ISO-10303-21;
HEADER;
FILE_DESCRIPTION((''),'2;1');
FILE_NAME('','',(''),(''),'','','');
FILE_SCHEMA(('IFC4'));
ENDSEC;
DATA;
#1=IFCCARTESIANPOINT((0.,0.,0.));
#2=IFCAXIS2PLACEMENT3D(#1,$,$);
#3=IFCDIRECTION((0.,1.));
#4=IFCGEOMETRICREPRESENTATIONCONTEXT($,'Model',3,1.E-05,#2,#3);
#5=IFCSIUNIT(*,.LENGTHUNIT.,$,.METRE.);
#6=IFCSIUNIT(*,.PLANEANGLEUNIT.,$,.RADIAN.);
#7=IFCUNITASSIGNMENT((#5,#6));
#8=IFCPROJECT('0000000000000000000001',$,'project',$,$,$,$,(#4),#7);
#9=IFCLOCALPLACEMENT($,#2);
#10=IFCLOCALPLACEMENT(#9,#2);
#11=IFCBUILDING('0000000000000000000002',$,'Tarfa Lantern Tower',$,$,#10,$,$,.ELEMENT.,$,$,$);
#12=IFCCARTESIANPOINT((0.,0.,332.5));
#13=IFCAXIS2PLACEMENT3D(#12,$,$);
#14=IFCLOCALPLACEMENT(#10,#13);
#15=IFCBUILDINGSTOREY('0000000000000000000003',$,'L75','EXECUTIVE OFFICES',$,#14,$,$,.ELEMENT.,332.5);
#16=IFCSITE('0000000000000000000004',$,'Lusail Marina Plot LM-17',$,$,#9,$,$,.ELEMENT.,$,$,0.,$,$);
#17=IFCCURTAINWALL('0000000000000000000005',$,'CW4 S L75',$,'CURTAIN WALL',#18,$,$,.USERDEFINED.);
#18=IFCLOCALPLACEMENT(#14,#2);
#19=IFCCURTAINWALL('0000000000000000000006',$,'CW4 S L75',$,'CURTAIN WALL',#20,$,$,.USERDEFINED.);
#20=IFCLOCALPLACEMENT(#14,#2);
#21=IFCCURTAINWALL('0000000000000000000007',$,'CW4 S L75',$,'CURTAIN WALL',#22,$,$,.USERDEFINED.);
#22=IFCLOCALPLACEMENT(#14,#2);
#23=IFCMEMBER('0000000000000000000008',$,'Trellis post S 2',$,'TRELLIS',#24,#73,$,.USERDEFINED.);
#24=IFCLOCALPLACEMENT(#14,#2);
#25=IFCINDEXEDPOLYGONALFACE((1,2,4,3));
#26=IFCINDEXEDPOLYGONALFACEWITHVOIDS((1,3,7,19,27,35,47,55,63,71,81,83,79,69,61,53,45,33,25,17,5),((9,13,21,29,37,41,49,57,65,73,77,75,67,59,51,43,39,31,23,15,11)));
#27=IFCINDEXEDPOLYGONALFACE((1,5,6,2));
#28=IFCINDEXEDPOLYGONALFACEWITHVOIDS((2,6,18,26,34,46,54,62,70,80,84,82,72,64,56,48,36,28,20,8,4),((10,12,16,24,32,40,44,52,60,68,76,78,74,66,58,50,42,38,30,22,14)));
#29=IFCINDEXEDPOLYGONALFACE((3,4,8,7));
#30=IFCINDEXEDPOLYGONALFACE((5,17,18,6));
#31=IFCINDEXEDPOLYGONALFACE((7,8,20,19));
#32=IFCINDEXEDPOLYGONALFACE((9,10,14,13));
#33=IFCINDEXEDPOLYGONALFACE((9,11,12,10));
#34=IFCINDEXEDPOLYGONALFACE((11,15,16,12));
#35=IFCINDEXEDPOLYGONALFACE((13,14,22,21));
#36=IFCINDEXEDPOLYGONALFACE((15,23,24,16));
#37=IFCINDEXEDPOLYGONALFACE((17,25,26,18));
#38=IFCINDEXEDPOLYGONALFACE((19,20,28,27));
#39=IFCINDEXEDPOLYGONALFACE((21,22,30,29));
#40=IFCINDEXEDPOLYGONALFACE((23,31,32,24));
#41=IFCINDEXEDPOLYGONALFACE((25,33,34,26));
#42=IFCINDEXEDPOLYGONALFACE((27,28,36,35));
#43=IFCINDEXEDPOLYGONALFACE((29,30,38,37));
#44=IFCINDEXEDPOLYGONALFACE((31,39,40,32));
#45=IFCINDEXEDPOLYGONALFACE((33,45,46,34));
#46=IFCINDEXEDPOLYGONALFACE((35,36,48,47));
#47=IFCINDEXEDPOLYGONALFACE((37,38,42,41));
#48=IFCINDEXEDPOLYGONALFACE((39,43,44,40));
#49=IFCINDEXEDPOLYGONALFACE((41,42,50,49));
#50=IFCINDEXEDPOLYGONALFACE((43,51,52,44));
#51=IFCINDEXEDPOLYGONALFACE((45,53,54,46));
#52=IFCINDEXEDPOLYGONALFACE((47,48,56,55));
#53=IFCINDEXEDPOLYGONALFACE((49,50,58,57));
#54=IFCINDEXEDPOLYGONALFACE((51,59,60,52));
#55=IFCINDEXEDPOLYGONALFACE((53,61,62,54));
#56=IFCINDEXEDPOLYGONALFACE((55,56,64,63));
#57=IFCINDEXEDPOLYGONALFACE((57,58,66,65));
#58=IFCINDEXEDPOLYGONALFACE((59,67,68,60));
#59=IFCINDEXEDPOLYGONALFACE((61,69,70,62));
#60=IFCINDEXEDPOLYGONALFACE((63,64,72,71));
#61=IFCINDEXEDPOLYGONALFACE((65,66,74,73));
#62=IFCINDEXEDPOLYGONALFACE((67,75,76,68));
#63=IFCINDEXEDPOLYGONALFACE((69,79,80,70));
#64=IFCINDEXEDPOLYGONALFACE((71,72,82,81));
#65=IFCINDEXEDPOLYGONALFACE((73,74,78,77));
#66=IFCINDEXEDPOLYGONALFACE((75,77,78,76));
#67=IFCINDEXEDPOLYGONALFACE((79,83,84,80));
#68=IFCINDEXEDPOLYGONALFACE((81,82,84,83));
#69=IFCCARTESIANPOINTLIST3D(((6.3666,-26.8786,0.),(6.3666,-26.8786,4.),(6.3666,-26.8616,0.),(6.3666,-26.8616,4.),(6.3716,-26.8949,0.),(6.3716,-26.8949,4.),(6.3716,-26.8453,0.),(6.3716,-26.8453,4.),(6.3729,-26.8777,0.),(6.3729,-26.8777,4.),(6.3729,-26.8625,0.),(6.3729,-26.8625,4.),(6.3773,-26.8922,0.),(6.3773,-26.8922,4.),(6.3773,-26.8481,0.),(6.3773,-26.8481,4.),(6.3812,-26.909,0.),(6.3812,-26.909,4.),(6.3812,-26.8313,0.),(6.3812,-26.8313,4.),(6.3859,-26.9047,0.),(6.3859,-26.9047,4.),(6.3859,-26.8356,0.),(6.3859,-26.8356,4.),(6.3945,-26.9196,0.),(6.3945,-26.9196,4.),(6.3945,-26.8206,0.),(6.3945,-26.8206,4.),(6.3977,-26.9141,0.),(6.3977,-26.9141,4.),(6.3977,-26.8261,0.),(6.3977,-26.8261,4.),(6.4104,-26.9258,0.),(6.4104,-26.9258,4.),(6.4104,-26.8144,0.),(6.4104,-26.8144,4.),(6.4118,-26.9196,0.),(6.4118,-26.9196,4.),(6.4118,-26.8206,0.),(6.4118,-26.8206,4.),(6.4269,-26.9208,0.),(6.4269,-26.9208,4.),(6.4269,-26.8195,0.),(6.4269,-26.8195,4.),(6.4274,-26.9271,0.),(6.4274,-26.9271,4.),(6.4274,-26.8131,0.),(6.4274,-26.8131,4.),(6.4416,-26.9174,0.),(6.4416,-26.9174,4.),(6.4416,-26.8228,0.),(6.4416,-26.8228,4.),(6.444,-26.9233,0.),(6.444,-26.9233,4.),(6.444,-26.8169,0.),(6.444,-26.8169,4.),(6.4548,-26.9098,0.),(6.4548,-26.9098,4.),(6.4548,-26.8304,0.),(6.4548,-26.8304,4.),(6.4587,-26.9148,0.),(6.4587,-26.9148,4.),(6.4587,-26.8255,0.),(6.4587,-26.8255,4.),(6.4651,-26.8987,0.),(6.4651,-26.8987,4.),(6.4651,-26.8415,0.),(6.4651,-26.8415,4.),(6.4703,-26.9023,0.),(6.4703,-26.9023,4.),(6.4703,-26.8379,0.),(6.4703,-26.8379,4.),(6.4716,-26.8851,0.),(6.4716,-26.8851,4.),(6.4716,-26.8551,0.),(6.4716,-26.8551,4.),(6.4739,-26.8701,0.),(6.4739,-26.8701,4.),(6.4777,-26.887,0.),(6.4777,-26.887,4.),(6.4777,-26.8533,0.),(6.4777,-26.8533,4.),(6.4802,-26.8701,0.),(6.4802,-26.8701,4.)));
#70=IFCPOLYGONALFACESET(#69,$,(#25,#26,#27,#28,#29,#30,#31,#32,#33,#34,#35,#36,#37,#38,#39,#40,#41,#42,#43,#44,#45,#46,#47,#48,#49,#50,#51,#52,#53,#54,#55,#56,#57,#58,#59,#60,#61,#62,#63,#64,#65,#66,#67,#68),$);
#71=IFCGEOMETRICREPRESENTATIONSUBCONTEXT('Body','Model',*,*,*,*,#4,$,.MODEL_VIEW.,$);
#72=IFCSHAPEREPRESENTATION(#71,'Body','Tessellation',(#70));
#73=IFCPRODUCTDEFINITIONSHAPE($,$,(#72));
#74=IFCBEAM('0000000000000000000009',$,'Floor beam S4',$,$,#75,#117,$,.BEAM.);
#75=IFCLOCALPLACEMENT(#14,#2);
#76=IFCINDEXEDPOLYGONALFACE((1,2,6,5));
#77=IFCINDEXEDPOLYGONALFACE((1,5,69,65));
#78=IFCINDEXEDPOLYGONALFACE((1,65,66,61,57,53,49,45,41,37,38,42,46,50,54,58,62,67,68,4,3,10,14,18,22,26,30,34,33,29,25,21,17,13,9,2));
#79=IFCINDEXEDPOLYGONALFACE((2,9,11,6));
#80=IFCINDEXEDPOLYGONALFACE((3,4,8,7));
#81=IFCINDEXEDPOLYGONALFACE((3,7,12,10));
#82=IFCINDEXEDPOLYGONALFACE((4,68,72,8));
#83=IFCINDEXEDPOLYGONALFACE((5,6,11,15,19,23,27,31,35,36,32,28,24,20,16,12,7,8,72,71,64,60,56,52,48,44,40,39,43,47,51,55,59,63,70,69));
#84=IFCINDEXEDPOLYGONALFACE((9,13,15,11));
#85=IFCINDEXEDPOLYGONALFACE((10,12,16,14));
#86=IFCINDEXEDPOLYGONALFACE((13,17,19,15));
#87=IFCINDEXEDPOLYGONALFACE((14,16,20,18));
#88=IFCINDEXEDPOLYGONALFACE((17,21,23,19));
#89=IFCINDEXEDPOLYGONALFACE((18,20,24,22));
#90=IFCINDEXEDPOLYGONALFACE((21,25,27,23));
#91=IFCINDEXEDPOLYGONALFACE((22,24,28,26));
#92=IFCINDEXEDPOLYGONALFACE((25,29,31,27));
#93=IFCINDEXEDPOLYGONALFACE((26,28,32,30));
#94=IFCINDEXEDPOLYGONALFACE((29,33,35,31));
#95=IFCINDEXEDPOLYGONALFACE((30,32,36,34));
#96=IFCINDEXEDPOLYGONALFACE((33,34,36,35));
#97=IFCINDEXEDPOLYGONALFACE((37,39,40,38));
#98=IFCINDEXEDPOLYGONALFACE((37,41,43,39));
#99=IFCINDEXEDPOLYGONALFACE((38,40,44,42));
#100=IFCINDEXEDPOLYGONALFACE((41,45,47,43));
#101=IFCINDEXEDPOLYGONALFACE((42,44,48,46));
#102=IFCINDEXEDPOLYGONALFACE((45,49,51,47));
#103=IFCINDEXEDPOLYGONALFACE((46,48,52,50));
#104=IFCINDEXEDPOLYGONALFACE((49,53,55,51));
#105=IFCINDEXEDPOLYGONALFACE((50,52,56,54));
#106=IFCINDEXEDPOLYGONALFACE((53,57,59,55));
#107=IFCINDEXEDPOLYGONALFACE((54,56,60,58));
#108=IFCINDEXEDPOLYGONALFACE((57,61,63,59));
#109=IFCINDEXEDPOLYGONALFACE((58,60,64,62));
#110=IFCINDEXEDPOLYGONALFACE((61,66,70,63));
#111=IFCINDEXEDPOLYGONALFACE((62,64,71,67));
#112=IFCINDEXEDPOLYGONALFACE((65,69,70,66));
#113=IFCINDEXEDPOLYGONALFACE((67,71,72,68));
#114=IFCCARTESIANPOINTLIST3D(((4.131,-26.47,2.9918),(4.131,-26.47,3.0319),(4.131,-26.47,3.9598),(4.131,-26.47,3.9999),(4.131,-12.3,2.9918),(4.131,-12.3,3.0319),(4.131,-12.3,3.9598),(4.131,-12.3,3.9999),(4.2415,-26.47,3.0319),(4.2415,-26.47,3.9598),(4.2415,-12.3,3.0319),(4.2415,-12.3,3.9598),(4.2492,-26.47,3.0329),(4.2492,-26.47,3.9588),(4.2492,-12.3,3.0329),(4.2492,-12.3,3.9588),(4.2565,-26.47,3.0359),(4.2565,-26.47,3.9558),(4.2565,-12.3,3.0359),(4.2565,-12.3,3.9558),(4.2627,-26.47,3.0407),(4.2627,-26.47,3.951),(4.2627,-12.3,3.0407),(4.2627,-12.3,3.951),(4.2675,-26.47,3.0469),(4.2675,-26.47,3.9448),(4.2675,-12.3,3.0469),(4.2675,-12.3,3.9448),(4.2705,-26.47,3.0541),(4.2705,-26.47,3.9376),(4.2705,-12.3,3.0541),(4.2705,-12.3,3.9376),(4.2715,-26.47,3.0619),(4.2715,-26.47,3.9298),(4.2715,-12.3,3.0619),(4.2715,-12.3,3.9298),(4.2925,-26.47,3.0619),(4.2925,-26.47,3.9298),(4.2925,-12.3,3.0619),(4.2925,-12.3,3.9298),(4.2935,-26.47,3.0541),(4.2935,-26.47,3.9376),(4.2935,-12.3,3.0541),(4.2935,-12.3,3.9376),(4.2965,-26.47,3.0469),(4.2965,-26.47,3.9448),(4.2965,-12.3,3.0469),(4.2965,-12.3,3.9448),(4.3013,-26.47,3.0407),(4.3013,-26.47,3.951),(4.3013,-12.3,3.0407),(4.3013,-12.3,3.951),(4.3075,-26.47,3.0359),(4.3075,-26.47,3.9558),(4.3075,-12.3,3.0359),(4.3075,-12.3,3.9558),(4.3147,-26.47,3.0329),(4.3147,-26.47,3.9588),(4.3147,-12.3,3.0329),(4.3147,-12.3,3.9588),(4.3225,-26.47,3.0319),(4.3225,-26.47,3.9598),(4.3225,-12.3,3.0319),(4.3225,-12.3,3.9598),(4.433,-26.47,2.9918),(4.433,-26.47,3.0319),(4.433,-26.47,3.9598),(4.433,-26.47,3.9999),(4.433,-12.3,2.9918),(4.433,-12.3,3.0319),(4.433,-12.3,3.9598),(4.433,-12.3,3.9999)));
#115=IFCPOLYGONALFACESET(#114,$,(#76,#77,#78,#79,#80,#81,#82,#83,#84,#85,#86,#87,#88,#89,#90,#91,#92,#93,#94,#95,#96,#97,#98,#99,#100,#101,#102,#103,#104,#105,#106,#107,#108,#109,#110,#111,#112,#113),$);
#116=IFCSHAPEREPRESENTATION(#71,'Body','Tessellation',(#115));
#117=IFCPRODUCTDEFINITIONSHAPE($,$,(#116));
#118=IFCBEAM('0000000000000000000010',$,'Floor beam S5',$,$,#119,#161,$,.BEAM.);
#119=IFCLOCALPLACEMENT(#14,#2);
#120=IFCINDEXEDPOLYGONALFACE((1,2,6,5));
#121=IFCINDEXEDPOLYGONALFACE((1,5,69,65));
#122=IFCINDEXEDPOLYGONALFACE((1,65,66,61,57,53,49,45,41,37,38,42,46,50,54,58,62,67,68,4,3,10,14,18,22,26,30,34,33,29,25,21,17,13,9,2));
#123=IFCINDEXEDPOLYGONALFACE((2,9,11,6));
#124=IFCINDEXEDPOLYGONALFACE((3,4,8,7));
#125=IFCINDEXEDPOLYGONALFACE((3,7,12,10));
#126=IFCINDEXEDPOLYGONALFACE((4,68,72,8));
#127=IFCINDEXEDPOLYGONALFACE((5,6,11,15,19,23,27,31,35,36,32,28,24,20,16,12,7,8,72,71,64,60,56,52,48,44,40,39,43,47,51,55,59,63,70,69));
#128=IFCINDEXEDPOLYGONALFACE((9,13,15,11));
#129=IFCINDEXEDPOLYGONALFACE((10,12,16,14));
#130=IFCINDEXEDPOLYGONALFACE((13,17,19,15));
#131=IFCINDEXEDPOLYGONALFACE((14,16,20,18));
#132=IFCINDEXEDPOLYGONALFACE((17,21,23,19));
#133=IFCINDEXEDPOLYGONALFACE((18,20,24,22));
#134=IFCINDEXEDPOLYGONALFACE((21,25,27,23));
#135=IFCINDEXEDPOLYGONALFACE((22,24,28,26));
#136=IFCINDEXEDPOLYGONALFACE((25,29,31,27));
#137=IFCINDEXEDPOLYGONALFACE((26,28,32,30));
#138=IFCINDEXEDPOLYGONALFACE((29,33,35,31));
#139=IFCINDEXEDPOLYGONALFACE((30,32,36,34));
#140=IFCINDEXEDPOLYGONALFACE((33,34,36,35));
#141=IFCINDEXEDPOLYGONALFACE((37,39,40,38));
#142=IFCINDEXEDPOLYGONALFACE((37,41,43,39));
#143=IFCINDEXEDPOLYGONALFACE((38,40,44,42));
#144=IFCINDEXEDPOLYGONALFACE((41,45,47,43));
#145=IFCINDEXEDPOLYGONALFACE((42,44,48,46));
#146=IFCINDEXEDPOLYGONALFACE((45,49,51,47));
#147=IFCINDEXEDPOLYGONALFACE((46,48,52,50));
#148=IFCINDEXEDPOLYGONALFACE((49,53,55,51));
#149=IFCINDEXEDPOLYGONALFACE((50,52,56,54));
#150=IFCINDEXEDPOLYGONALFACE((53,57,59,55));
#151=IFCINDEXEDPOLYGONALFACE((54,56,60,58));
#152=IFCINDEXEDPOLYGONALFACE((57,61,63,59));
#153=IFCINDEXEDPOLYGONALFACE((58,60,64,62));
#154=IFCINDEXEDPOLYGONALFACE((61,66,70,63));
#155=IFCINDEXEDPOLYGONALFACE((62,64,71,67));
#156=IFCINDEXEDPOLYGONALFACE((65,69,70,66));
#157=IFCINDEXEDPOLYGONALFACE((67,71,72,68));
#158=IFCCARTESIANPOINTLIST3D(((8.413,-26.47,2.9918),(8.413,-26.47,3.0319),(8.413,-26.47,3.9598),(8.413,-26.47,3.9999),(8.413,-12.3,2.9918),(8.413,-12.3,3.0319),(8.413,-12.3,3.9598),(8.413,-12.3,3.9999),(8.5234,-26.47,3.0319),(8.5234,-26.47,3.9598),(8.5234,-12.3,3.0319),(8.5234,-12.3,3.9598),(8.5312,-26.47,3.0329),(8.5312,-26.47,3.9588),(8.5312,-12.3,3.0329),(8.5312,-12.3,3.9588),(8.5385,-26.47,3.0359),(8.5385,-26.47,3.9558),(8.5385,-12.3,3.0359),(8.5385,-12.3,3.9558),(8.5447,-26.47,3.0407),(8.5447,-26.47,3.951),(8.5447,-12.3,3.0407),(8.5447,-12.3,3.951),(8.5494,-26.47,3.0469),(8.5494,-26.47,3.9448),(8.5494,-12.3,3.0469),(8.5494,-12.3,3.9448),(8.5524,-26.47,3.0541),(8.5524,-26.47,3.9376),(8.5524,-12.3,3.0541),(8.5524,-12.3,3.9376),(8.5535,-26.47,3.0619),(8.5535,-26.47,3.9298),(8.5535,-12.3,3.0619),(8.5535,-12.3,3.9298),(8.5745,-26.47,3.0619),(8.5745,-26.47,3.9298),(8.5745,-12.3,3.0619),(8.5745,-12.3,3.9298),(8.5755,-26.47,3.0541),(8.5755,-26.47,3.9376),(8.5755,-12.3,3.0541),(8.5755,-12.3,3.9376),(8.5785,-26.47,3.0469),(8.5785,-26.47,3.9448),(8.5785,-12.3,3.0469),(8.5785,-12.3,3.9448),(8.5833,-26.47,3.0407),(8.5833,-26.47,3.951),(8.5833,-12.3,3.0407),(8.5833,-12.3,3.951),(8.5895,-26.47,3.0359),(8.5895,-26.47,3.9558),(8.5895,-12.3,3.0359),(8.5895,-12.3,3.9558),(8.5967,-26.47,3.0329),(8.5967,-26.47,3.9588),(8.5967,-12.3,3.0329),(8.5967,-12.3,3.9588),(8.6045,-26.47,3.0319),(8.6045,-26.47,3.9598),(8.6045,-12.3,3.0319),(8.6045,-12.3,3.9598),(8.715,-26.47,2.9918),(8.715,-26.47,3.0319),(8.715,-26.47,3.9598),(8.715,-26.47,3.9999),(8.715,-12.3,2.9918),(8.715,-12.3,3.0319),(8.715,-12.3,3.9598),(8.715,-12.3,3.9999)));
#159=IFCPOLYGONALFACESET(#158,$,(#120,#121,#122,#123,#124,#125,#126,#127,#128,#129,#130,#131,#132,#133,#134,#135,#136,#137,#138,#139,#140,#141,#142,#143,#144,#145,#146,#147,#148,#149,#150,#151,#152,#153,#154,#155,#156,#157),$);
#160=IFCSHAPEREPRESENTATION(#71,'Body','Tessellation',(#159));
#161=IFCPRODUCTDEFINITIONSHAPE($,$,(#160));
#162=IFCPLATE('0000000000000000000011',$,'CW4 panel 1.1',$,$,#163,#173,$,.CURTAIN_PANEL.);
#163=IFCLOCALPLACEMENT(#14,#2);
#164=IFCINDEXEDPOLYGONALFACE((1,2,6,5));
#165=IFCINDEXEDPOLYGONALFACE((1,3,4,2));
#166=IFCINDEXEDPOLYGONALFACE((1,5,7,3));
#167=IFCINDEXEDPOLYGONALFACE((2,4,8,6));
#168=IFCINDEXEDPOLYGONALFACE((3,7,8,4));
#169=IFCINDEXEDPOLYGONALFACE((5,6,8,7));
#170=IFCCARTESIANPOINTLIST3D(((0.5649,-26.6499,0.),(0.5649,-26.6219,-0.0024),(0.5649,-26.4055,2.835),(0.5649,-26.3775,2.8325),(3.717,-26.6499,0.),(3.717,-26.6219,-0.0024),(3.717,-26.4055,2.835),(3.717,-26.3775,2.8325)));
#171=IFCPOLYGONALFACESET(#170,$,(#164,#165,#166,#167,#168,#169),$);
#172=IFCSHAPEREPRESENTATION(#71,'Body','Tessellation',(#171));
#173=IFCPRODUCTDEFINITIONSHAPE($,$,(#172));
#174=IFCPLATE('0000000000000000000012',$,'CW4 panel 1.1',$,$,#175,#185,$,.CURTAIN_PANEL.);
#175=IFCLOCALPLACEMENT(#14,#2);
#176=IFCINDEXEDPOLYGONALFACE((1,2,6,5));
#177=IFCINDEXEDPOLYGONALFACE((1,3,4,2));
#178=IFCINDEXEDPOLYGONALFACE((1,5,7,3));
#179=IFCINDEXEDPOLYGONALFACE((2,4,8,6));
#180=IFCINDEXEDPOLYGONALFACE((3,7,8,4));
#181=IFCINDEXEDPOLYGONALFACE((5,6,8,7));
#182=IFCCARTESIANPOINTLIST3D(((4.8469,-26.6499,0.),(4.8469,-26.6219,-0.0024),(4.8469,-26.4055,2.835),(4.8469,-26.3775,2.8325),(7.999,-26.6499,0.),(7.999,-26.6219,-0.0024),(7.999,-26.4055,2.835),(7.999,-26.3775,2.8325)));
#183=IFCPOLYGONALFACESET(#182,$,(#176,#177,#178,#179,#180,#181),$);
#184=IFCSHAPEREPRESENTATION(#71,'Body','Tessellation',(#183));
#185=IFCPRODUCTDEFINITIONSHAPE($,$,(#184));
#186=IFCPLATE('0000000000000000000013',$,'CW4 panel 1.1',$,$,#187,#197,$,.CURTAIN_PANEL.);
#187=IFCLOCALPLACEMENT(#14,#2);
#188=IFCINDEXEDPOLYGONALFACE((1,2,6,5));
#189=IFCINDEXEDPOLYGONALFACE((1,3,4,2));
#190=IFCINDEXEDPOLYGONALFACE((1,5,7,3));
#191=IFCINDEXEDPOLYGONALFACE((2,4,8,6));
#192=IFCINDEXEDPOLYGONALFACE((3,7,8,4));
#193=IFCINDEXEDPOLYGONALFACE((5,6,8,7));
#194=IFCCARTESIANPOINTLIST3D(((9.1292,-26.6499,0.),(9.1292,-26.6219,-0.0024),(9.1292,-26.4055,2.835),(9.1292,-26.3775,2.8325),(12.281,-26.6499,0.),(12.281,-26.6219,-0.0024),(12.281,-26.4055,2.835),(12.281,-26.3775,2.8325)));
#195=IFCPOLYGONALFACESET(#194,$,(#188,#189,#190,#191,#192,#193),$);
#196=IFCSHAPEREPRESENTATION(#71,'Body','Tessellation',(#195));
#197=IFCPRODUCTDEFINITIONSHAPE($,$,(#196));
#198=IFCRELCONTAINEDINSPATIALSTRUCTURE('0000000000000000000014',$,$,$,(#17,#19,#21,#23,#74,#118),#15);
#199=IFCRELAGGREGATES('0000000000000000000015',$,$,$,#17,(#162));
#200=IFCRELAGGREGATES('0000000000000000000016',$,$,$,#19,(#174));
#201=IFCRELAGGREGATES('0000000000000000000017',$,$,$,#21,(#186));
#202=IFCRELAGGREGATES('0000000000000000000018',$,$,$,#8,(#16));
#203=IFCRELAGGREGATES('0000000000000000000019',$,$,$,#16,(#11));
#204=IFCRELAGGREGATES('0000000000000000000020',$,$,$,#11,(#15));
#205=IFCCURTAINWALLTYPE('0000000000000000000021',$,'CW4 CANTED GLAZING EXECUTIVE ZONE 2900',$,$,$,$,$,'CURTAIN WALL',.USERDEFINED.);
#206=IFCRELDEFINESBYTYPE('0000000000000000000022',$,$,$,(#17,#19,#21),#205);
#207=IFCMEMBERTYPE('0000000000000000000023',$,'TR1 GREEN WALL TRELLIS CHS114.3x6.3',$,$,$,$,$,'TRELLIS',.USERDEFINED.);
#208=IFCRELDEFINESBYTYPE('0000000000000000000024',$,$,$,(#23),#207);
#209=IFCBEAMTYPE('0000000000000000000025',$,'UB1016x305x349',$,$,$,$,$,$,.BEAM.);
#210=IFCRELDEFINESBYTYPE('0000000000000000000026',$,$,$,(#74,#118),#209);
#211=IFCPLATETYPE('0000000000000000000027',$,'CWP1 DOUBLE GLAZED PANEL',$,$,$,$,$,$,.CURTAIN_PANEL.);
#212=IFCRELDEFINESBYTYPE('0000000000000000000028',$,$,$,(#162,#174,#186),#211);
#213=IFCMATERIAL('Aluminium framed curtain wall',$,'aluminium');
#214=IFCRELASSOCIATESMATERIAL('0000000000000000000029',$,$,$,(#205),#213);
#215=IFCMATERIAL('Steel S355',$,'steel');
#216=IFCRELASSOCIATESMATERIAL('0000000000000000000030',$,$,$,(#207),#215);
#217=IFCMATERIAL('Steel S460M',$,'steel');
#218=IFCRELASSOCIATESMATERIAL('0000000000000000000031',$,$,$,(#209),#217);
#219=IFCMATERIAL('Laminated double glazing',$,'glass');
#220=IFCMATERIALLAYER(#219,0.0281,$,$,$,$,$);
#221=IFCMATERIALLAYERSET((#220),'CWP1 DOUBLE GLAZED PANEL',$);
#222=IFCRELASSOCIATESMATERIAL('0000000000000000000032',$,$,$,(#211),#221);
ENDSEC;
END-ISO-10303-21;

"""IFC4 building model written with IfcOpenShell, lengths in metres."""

from ifc_helpers import new_model, si_unit, direction, frame, origin, origin_2d, place, context, subcontext, project, spatial, polyline, hollow_circle, i_section, outline, extrude, material, layer, layer_set, material_profile, profile_set, type_object, element, aggregate, save


model = new_model("IFC4")

# Units and contexts
model_context = context("Model", 3, precision=1e-05, world=origin(), true_north=direction((0.0, 1.0)))
body_context = subcontext(model_context, "Body", "Model", "MODEL_VIEW")
ifc_project = project(units=[si_unit("LENGTHUNIT", "METRE"), si_unit("PLANEANGLEUNIT", "RADIAN")], contexts=[model_context])

# Site, building, storey
site_placement = place(None, origin())
site = spatial("IfcSite", under=ifc_project, at=site_placement, Name="Lusail Marina Plot LM-17", CompositionType="ELEMENT", RefElevation=0.0)
building_placement = place(site_placement, origin())
building = spatial("IfcBuilding", under=site, at=building_placement, Name="Tarfa Lantern Tower", CompositionType="ELEMENT")
storey_placement = place(building_placement, frame((0.0, 0.0, 332.5)))
storey = spatial("IfcBuildingStorey", under=building, at=storey_placement, Name="L75", Description="EXECUTIVE OFFICES", CompositionType="ELEMENT", Elevation=332.5)

# Curtain walls
ifc_material_1 = material(Name="Aluminium framed curtain wall", Category="aluminium")
curtain_wall_type = type_object("IfcCurtainWallType", Name="CW4 CANTED GLAZING EXECUTIVE ZONE 2900", ElementType="CURTAIN WALL", PredefinedType="USERDEFINED", material=ifc_material_1)
curtain_wall_1_placement = place(storey_placement, origin())
curtain_wall_1 = element("IfcCurtainWall", 1, at=curtain_wall_1_placement, inside=storey, type_object=curtain_wall_type, Name="CW4 S L75", ObjectType="CURTAIN WALL", PredefinedType="USERDEFINED")
curtain_wall_2_placement = place(storey_placement, origin())
curtain_wall_2 = element("IfcCurtainWall", 2, at=curtain_wall_2_placement, inside=storey, type_object=curtain_wall_type, Name="CW4 S L75", ObjectType="CURTAIN WALL", PredefinedType="USERDEFINED")

# Curtain wall
curtain_wall_3_placement = place(storey_placement, origin())
curtain_wall_3 = element("IfcCurtainWall", 3, at=curtain_wall_3_placement, inside=storey, type_object=curtain_wall_type, Name="CW4 S L75", ObjectType="CURTAIN WALL", PredefinedType="USERDEFINED")

# Member
ifc_material_2 = material(Name="Steel S355", Category="steel")
ifc_material_profile_1 = material_profile(ifc_material_2, hollow_circle(Radius=0.0571, WallThickness=0.0063, at=origin_2d()), Name="CHS114.3x6.3")
ifc_profile_set_1 = profile_set([ifc_material_profile_1], Name="Steel S355")
member_type_1 = type_object("IfcMemberType", Name="TR1 GREEN WALL TRELLIS CHS114.3x6.3", ElementType="TRELLIS", PredefinedType="USERDEFINED", material=ifc_profile_set_1)
member_1_placement = place(storey_placement, frame((6.4231, -26.8701, 0.0), z_axis=(0.0, 0.0, 1.0), x_axis=(1.0, 0.0, 0.0)))
element("IfcMember", 4, at=member_1_placement, inside=storey, type_object=member_type_1, Name="Trellis post S 2", ObjectType="TRELLIS", PredefinedType="USERDEFINED", context=body_context, shape_type="SweptSolid", body=[
    extrude(hollow_circle(Radius=0.0571, WallThickness=0.0063, at=origin_2d()), origin(), (0.0, 0.0, 1.0), 4.0),
])

# Beams
ifc_material_3 = material(Name="Steel S460M", Category="steel")
ifc_material_profile_2 = material_profile(ifc_material_3, i_section(OverallWidth=0.302, OverallDepth=1.0081, WebThickness=0.021, FlangeThickness=0.04, FilletRadius=0.03, at=origin_2d()), Name="UB1016x305x349")
ifc_profile_set_2 = profile_set([ifc_material_profile_2], Name="Steel S460M")
beam_type_1 = type_object("IfcBeamType", Name="UB1016x305x349", PredefinedType="BEAM", material=ifc_profile_set_2)
for number, where, z_axis, x_axis, name in (
    (5, (4.282, -26.47, 3.4958), (0.0, 1.0, 0.0), (-1.0, 0.0, 0.0), "Floor beam S4"),
    (6, (8.564, -26.47, 3.4958), (0.0, 1.0, 0.0), (-1.0, 0.0, 0.0), "Floor beam S5"),
):
    element("IfcBeam", number, at=place(storey_placement, frame(where, z_axis=z_axis, x_axis=x_axis)), inside=storey, type_object=beam_type_1, Name=name, PredefinedType="BEAM", context=body_context, shape_type="SweptSolid", body=[
        extrude(i_section(OverallWidth=0.302, OverallDepth=1.0081, WebThickness=0.021, FlangeThickness=0.04, FilletRadius=0.03, at=origin_2d()), origin(), (0.0, 0.0, 1.0), 14.1699),
    ])

# Plates
ifc_material_4 = material(Name="Laminated double glazing", Category="glass")
ifc_layer_1 = layer(ifc_material_4, 0.0281)
ifc_layer_set_1 = layer_set([ifc_layer_1], Name="CWP1 DOUBLE GLAZED PANEL")
plate_type = type_object("IfcPlateType", Name="CWP1 DOUBLE GLAZED PANEL", PredefinedType="CURTAIN_PANEL", material=ifc_layer_set_1)
plate_1_placement = place(storey_placement, frame((0.5649, -26.6499, 0.0), z_axis=(0.0, -0.996305, 0.085885), x_axis=(1.0, 0.0, 0.0)))
plate_1 = element("IfcPlate", 7, at=plate_1_placement, type_object=plate_type, Name="CW4 panel 1.1", PredefinedType="CURTAIN_PANEL", context=body_context, shape_type="SweptSolid", body=[
    extrude(outline(polyline([(0.0, 0.0), (3.1521, 0.0), (3.1521, 2.8455), (0.0, 2.8455), (0.0, 0.0)])), origin(), (0.0, 0.0, -1.0), 0.0281),
])
aggregate(curtain_wall_1, [plate_1])
plate_2_placement = place(storey_placement, frame((4.8469, -26.6499, 0.0), z_axis=(0.0, -0.996305, 0.085885), x_axis=(1.0, 0.0, 0.0)))
plate_2 = element("IfcPlate", 8, at=plate_2_placement, type_object=plate_type, Name="CW4 panel 1.1", PredefinedType="CURTAIN_PANEL", context=body_context, shape_type="SweptSolid", body=[
    extrude(outline(polyline([(0.0, 0.0), (3.1521, 0.0), (3.1521, 2.8455), (0.0, 2.8455), (0.0, 0.0)])), origin(), (0.0, 0.0, -1.0), 0.0281),
])
aggregate(curtain_wall_2, [plate_2])
plate_3_placement = place(storey_placement, frame((9.1292, -26.6499, 0.0), z_axis=(0.0, -0.996305, 0.085885), x_axis=(1.0, 0.0, 0.0)))
plate_3 = element("IfcPlate", 9, at=plate_3_placement, type_object=plate_type, Name="CW4 panel 1.1", PredefinedType="CURTAIN_PANEL", context=body_context, shape_type="SweptSolid", body=[
    extrude(outline(polyline([(0.0, 0.0), (3.1519, 0.0), (3.1519, 2.8455), (0.0, 2.8455), (0.0, 0.0)])), origin(), (0.0, 0.0, -1.0), 0.0281),
])
aggregate(curtain_wall_3, [plate_3])

save(model, "model.ifc")
